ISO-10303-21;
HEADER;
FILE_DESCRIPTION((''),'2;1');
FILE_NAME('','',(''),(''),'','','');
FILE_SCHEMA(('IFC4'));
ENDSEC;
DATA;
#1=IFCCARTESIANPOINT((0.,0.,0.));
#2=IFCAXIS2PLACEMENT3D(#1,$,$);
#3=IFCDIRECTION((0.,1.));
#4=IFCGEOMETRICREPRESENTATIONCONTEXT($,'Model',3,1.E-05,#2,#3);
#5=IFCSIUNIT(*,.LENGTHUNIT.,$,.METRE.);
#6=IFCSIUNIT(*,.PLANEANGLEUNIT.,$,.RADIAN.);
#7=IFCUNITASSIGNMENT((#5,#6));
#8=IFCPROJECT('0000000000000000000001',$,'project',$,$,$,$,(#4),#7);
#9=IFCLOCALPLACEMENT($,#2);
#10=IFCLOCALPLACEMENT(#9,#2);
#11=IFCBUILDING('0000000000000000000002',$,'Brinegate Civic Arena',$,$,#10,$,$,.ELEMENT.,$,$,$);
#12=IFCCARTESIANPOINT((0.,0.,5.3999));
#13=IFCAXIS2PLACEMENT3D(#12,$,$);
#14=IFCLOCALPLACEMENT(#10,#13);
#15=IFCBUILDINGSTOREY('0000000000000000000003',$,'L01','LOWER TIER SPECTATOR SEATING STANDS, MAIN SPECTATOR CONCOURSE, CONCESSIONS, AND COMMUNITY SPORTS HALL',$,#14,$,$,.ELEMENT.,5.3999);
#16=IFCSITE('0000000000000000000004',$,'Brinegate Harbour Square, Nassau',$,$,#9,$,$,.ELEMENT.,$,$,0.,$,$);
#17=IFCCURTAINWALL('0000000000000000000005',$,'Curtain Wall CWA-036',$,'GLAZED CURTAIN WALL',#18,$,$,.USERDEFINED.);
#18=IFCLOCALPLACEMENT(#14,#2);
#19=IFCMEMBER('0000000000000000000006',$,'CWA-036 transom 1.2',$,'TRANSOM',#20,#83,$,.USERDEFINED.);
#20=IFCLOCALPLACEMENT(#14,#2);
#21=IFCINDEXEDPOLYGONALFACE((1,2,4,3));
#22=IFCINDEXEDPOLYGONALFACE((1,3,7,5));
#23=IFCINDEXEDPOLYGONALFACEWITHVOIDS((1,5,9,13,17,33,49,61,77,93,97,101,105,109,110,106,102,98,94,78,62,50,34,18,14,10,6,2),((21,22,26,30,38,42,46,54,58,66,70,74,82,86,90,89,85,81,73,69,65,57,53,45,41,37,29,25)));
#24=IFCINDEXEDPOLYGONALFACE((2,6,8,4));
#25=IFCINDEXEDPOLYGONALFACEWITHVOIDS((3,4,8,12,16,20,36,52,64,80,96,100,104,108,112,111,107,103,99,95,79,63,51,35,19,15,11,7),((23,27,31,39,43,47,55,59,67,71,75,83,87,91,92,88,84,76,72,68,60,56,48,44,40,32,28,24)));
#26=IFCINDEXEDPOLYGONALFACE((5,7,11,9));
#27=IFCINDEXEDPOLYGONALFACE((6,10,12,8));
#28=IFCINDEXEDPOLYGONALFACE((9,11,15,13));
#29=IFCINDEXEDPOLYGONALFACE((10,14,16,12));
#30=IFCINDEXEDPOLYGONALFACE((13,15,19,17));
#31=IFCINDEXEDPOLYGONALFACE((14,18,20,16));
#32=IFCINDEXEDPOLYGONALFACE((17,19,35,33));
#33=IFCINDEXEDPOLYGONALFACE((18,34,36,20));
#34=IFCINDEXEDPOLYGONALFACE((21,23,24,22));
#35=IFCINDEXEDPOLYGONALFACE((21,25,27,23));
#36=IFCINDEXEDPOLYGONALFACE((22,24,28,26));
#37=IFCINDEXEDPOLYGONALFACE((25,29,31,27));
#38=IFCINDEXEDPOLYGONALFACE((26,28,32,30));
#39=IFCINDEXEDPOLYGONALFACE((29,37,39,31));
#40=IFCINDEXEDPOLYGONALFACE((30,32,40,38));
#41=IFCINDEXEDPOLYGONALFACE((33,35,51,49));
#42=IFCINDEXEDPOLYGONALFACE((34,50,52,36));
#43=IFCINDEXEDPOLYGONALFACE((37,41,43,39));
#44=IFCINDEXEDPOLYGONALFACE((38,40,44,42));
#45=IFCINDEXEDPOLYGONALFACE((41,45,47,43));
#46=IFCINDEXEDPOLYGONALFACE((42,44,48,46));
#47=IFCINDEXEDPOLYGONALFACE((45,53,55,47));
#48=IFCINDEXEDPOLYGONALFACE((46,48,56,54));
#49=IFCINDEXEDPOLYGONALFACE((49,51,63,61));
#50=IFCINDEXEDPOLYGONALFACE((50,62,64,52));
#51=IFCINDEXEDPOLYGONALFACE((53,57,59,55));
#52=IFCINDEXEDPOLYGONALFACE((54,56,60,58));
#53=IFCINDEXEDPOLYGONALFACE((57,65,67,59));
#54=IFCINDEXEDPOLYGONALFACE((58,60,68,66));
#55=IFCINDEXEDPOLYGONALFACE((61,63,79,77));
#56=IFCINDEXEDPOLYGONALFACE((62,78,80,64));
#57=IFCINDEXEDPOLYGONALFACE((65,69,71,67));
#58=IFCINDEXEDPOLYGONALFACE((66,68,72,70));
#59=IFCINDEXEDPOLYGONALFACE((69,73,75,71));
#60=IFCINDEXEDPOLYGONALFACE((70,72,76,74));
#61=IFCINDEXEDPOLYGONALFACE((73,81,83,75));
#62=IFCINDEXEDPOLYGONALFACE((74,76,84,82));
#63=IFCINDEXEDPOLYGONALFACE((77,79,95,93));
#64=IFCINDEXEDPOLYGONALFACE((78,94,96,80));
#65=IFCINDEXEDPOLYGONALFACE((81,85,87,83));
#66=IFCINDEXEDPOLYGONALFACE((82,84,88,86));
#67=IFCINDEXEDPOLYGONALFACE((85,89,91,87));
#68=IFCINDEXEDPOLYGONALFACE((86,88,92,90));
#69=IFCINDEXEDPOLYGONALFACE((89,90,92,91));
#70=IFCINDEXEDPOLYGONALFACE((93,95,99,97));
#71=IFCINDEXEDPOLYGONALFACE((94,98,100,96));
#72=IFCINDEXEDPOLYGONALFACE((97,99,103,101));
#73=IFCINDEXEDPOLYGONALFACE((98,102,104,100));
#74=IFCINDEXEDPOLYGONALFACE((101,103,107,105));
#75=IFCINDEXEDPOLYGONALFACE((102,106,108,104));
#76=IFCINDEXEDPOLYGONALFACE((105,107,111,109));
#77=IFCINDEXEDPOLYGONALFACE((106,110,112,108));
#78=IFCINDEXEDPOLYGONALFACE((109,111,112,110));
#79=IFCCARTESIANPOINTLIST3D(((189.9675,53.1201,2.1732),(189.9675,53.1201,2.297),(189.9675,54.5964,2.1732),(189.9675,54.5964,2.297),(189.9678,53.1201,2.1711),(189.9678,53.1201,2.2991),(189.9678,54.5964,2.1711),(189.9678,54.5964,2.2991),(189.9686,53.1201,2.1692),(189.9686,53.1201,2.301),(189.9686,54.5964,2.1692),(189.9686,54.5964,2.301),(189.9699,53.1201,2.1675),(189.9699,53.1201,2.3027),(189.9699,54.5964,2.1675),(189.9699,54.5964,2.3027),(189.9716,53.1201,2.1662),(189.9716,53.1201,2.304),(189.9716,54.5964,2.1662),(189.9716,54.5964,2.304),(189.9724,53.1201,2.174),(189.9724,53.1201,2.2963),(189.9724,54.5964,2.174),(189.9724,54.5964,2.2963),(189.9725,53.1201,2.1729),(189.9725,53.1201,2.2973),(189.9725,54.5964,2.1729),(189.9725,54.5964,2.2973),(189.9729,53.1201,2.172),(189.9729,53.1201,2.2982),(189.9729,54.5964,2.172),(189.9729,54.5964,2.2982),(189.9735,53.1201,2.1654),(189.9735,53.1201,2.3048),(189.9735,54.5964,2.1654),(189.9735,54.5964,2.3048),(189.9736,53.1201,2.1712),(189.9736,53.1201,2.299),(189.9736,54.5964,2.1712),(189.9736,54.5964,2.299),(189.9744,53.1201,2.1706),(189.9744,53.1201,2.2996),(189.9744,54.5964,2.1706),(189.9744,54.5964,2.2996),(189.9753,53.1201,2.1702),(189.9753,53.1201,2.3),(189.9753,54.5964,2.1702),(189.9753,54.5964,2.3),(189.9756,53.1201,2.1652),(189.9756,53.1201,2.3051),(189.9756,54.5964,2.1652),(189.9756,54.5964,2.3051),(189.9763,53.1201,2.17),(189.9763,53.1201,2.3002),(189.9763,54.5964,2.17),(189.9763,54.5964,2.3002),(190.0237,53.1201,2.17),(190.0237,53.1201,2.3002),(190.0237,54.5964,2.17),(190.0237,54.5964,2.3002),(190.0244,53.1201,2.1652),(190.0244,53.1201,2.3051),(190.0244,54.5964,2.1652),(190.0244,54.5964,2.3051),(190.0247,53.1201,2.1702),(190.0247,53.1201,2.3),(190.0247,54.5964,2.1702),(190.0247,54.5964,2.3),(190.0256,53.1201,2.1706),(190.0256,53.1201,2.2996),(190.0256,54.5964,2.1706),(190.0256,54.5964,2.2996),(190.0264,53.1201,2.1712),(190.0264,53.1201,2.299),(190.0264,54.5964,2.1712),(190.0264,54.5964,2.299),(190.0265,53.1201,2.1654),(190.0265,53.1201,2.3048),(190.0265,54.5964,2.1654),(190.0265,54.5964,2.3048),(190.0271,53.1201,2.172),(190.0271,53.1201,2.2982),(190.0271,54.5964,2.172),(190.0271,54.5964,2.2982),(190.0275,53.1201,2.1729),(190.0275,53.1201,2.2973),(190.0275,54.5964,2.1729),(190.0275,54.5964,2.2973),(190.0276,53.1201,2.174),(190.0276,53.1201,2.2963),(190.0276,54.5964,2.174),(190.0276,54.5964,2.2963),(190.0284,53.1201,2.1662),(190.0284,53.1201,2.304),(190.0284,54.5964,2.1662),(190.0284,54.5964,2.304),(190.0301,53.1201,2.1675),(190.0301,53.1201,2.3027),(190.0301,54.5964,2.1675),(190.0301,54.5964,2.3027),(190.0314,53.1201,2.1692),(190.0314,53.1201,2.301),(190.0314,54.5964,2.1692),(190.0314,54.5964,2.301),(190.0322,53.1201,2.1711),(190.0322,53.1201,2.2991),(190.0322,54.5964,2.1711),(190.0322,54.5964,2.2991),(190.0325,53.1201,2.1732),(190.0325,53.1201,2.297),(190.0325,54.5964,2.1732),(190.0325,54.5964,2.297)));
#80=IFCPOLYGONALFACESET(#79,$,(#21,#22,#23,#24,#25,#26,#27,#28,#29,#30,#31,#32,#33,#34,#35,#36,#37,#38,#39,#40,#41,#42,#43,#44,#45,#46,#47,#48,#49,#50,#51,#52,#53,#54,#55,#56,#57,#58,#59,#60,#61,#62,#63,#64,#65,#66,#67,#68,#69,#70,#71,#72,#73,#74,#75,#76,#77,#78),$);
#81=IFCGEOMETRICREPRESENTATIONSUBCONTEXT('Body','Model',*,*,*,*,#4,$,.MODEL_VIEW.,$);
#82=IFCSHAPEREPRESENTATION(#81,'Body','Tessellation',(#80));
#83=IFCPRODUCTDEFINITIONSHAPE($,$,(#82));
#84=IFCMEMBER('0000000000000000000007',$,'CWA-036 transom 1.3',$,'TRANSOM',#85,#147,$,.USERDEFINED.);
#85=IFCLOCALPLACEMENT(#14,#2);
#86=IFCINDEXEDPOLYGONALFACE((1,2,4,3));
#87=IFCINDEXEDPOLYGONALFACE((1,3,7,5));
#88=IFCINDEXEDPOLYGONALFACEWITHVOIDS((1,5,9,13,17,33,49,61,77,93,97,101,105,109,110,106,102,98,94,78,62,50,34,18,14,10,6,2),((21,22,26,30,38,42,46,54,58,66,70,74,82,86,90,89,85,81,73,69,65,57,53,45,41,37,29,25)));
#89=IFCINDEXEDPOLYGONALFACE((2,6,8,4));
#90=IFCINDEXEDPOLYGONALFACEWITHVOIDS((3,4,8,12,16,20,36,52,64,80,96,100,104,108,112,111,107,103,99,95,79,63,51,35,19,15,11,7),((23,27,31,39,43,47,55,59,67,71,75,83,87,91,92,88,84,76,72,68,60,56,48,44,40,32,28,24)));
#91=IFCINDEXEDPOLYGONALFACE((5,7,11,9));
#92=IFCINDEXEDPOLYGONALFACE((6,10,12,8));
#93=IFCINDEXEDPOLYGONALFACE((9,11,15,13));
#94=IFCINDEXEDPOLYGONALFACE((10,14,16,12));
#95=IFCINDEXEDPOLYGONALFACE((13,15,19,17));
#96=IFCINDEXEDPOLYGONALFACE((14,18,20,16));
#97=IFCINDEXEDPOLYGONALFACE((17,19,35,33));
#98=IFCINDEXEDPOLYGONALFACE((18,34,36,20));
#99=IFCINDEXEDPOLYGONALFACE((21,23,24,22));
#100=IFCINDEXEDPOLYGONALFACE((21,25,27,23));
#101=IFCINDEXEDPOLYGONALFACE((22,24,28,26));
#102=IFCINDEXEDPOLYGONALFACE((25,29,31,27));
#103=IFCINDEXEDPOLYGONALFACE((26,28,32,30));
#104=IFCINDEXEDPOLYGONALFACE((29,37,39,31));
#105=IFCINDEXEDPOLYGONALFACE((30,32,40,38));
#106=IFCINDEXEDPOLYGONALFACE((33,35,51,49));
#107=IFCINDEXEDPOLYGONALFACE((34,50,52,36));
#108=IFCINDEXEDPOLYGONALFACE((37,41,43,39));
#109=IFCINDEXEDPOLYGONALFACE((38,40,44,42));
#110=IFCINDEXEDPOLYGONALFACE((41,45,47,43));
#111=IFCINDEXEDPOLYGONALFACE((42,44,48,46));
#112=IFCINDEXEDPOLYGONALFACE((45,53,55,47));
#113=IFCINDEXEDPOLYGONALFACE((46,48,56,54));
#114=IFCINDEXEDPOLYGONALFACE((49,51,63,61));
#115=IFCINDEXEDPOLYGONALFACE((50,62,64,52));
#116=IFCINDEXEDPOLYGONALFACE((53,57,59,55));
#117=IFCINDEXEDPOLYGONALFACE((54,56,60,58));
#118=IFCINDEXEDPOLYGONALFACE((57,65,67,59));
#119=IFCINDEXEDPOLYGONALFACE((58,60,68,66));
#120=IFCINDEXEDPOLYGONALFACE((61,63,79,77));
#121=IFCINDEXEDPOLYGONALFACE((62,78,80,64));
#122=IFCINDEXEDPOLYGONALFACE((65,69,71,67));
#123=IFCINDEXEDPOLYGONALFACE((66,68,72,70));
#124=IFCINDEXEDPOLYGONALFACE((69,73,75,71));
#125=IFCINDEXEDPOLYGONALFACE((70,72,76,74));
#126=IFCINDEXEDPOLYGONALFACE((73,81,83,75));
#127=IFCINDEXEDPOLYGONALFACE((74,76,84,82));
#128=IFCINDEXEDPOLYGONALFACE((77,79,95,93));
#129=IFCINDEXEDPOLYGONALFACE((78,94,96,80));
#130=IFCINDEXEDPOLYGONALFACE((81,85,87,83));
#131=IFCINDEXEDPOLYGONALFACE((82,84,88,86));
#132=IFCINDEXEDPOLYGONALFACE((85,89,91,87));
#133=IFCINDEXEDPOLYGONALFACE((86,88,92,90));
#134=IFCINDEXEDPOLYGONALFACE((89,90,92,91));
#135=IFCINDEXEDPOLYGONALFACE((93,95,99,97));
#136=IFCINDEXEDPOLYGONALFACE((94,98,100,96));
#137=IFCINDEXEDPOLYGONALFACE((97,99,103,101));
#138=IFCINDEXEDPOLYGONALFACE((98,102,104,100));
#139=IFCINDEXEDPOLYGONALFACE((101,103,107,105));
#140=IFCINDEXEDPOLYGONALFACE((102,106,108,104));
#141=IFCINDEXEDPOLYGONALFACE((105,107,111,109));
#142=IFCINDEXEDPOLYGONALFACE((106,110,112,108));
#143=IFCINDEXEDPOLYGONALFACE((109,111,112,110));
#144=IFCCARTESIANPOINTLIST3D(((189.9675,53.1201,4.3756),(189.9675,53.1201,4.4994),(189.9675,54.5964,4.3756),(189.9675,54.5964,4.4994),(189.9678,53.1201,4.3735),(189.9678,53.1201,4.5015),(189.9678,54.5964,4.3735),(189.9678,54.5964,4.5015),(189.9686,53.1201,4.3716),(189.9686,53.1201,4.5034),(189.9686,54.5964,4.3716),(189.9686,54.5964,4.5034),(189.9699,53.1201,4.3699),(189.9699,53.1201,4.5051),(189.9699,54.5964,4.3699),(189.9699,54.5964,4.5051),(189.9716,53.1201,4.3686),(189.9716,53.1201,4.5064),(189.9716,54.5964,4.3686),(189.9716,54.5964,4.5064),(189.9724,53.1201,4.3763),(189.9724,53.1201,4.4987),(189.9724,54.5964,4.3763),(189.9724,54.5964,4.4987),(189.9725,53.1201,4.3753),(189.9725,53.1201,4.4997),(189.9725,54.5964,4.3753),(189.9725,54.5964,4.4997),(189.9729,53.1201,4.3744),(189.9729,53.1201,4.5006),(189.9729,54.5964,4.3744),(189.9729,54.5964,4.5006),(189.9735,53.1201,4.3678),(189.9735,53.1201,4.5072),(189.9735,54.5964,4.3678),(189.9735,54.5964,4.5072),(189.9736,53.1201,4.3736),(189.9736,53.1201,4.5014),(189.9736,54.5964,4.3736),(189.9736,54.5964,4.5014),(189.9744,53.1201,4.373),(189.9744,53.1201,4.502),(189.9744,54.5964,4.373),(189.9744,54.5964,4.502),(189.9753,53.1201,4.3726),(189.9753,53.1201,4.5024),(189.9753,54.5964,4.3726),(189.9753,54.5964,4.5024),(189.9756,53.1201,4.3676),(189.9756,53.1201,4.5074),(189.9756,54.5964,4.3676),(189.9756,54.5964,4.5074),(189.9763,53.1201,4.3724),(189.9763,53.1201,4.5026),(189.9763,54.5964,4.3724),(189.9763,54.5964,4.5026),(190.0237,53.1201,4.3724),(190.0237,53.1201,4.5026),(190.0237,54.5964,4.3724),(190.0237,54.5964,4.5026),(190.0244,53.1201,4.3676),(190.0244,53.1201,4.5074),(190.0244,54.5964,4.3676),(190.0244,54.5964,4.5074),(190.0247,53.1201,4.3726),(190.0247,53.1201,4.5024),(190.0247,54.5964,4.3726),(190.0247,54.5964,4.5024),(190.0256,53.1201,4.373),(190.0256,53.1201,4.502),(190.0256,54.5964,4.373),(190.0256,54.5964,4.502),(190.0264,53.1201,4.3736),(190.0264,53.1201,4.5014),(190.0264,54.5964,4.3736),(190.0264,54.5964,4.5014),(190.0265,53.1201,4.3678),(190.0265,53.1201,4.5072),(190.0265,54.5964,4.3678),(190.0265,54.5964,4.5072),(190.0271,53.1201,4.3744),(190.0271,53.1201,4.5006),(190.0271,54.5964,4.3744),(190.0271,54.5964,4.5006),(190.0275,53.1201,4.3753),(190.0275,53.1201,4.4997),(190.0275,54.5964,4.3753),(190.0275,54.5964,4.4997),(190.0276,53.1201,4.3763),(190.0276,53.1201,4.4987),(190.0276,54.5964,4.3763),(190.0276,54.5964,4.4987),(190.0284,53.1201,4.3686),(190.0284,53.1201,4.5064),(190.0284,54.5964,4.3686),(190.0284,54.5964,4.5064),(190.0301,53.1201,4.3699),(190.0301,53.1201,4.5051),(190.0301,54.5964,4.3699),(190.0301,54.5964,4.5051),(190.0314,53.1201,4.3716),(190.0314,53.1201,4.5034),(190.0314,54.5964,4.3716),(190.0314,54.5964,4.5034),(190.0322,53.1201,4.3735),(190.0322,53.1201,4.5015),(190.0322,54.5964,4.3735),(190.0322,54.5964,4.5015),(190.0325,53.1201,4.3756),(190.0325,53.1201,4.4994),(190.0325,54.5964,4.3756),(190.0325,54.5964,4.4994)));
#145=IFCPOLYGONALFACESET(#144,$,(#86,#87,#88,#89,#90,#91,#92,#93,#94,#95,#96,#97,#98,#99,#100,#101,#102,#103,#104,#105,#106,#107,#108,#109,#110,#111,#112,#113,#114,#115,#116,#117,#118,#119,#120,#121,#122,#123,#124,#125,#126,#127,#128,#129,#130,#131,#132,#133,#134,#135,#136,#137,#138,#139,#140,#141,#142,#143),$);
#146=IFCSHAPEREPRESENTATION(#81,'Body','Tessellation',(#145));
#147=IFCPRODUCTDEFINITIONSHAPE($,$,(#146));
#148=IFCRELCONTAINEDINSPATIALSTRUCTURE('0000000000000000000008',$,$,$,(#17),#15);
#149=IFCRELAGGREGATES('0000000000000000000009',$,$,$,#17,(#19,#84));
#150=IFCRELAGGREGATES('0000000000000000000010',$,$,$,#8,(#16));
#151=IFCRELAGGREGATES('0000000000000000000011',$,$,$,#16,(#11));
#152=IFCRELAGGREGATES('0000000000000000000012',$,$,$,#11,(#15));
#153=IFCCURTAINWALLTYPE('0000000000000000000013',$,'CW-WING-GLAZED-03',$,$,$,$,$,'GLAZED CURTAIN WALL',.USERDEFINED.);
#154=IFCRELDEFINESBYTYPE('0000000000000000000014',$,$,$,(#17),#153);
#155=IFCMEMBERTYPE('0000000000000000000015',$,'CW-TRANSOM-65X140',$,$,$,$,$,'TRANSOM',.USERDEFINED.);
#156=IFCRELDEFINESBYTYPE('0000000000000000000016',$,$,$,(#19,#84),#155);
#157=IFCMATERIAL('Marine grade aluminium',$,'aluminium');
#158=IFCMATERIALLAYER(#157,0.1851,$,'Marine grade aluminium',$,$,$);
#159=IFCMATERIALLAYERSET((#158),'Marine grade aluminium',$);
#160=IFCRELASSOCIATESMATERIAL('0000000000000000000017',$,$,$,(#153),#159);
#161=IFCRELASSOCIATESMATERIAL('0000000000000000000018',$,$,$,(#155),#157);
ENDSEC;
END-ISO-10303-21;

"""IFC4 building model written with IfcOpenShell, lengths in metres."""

from ifc_helpers import new_model, si_unit, direction, frame, origin, origin_2d, place, context, subcontext, project, spatial, hollow_rectangle, extrude, material, layer, layer_set, material_profile, profile_set, type_object, element, aggregate, save


model = new_model("IFC4")

# Units and contexts
model_context = context("Model", 3, precision=1e-05, world=origin(), true_north=direction((0.0, 1.0)))
body_context = subcontext(model_context, "Body", "Model", "MODEL_VIEW")
ifc_project = project(units=[si_unit("LENGTHUNIT", "METRE"), si_unit("PLANEANGLEUNIT", "RADIAN")], contexts=[model_context])

# Site, building, storey
site_placement = place(None, origin())
site = spatial("IfcSite", under=ifc_project, at=site_placement, Name="Brinegate Harbour Square, Nassau", CompositionType="ELEMENT", RefElevation=0.0)
building_placement = place(site_placement, origin())
building = spatial("IfcBuilding", under=site, at=building_placement, Name="Brinegate Civic Arena", CompositionType="ELEMENT")
storey_placement = place(building_placement, frame((0.0, 0.0, 5.3999)))
storey = spatial("IfcBuildingStorey", under=building, at=storey_placement, Name="L01", Description="LOWER TIER SPECTATOR SEATING STANDS, MAIN SPECTATOR CONCOURSE, CONCESSIONS, AND COMMUNITY SPORTS HALL", CompositionType="ELEMENT", Elevation=5.3999)

# Curtain wall, members
ifc_material_1 = material(Name="Marine grade aluminium", Category="aluminium")
ifc_layer_1 = layer(ifc_material_1, 0.1851, Name="Marine grade aluminium")
ifc_layer_set_1 = layer_set([ifc_layer_1], Name="Marine grade aluminium")
curtain_wall_type = type_object("IfcCurtainWallType", Name="CW-WING-GLAZED-03", ElementType="GLAZED CURTAIN WALL", PredefinedType="USERDEFINED", material=ifc_layer_set_1)
curtain_wall_placement = place(storey_placement, origin())
curtain_wall = element("IfcCurtainWall", 1, at=curtain_wall_placement, inside=storey, type_object=curtain_wall_type, Name="Curtain Wall CWA-036", ObjectType="GLAZED CURTAIN WALL", PredefinedType="USERDEFINED")
ifc_material_profile_1 = material_profile(ifc_material_1, hollow_rectangle(XDim=0.0649, YDim=0.1399, WallThickness=0.0049, InnerFilletRadius=0.0039, OuterFilletRadius=0.0081, at=origin_2d()), Name="TRN65X140")
ifc_profile_set_1 = profile_set([ifc_material_profile_1], Name="Marine grade aluminium")
member_type_1 = type_object("IfcMemberType", Name="CW-TRANSOM-65X140", ElementType="TRANSOM", PredefinedType="USERDEFINED", material=ifc_profile_set_1)
member_1_placement = place(storey_placement, frame((190.0, 53.1201, 2.2351), z_axis=(0.0, 1.0, 0.0), x_axis=(-1.0, 0.0, 0.0)))
member_1 = element("IfcMember", 2, at=member_1_placement, type_object=member_type_1, Name="CWA-036 transom 1.2", ObjectType="TRANSOM", PredefinedType="USERDEFINED", context=body_context, shape_type="SweptSolid", body=[
    extrude(hollow_rectangle(XDim=0.0649, YDim=0.1399, WallThickness=0.0049, InnerFilletRadius=0.0039, OuterFilletRadius=0.0081, at=origin_2d()), origin(), (0.0, 0.0, 1.0), 1.4763),
])
member_2_placement = place(storey_placement, frame((190.0, 53.1201, 4.4375), z_axis=(0.0, 1.0, 0.0), x_axis=(-1.0, 0.0, 0.0)))
member_2 = element("IfcMember", 3, at=member_2_placement, type_object=member_type_1, Name="CWA-036 transom 1.3", ObjectType="TRANSOM", PredefinedType="USERDEFINED", context=body_context, shape_type="SweptSolid", body=[
    extrude(hollow_rectangle(XDim=0.0649, YDim=0.1399, WallThickness=0.0049, InnerFilletRadius=0.0039, OuterFilletRadius=0.0081, at=origin_2d()), origin(), (0.0, 0.0, 1.0), 1.4763),
])

aggregate(curtain_wall, [member_1, member_2])

save(model, "model.ifc")
